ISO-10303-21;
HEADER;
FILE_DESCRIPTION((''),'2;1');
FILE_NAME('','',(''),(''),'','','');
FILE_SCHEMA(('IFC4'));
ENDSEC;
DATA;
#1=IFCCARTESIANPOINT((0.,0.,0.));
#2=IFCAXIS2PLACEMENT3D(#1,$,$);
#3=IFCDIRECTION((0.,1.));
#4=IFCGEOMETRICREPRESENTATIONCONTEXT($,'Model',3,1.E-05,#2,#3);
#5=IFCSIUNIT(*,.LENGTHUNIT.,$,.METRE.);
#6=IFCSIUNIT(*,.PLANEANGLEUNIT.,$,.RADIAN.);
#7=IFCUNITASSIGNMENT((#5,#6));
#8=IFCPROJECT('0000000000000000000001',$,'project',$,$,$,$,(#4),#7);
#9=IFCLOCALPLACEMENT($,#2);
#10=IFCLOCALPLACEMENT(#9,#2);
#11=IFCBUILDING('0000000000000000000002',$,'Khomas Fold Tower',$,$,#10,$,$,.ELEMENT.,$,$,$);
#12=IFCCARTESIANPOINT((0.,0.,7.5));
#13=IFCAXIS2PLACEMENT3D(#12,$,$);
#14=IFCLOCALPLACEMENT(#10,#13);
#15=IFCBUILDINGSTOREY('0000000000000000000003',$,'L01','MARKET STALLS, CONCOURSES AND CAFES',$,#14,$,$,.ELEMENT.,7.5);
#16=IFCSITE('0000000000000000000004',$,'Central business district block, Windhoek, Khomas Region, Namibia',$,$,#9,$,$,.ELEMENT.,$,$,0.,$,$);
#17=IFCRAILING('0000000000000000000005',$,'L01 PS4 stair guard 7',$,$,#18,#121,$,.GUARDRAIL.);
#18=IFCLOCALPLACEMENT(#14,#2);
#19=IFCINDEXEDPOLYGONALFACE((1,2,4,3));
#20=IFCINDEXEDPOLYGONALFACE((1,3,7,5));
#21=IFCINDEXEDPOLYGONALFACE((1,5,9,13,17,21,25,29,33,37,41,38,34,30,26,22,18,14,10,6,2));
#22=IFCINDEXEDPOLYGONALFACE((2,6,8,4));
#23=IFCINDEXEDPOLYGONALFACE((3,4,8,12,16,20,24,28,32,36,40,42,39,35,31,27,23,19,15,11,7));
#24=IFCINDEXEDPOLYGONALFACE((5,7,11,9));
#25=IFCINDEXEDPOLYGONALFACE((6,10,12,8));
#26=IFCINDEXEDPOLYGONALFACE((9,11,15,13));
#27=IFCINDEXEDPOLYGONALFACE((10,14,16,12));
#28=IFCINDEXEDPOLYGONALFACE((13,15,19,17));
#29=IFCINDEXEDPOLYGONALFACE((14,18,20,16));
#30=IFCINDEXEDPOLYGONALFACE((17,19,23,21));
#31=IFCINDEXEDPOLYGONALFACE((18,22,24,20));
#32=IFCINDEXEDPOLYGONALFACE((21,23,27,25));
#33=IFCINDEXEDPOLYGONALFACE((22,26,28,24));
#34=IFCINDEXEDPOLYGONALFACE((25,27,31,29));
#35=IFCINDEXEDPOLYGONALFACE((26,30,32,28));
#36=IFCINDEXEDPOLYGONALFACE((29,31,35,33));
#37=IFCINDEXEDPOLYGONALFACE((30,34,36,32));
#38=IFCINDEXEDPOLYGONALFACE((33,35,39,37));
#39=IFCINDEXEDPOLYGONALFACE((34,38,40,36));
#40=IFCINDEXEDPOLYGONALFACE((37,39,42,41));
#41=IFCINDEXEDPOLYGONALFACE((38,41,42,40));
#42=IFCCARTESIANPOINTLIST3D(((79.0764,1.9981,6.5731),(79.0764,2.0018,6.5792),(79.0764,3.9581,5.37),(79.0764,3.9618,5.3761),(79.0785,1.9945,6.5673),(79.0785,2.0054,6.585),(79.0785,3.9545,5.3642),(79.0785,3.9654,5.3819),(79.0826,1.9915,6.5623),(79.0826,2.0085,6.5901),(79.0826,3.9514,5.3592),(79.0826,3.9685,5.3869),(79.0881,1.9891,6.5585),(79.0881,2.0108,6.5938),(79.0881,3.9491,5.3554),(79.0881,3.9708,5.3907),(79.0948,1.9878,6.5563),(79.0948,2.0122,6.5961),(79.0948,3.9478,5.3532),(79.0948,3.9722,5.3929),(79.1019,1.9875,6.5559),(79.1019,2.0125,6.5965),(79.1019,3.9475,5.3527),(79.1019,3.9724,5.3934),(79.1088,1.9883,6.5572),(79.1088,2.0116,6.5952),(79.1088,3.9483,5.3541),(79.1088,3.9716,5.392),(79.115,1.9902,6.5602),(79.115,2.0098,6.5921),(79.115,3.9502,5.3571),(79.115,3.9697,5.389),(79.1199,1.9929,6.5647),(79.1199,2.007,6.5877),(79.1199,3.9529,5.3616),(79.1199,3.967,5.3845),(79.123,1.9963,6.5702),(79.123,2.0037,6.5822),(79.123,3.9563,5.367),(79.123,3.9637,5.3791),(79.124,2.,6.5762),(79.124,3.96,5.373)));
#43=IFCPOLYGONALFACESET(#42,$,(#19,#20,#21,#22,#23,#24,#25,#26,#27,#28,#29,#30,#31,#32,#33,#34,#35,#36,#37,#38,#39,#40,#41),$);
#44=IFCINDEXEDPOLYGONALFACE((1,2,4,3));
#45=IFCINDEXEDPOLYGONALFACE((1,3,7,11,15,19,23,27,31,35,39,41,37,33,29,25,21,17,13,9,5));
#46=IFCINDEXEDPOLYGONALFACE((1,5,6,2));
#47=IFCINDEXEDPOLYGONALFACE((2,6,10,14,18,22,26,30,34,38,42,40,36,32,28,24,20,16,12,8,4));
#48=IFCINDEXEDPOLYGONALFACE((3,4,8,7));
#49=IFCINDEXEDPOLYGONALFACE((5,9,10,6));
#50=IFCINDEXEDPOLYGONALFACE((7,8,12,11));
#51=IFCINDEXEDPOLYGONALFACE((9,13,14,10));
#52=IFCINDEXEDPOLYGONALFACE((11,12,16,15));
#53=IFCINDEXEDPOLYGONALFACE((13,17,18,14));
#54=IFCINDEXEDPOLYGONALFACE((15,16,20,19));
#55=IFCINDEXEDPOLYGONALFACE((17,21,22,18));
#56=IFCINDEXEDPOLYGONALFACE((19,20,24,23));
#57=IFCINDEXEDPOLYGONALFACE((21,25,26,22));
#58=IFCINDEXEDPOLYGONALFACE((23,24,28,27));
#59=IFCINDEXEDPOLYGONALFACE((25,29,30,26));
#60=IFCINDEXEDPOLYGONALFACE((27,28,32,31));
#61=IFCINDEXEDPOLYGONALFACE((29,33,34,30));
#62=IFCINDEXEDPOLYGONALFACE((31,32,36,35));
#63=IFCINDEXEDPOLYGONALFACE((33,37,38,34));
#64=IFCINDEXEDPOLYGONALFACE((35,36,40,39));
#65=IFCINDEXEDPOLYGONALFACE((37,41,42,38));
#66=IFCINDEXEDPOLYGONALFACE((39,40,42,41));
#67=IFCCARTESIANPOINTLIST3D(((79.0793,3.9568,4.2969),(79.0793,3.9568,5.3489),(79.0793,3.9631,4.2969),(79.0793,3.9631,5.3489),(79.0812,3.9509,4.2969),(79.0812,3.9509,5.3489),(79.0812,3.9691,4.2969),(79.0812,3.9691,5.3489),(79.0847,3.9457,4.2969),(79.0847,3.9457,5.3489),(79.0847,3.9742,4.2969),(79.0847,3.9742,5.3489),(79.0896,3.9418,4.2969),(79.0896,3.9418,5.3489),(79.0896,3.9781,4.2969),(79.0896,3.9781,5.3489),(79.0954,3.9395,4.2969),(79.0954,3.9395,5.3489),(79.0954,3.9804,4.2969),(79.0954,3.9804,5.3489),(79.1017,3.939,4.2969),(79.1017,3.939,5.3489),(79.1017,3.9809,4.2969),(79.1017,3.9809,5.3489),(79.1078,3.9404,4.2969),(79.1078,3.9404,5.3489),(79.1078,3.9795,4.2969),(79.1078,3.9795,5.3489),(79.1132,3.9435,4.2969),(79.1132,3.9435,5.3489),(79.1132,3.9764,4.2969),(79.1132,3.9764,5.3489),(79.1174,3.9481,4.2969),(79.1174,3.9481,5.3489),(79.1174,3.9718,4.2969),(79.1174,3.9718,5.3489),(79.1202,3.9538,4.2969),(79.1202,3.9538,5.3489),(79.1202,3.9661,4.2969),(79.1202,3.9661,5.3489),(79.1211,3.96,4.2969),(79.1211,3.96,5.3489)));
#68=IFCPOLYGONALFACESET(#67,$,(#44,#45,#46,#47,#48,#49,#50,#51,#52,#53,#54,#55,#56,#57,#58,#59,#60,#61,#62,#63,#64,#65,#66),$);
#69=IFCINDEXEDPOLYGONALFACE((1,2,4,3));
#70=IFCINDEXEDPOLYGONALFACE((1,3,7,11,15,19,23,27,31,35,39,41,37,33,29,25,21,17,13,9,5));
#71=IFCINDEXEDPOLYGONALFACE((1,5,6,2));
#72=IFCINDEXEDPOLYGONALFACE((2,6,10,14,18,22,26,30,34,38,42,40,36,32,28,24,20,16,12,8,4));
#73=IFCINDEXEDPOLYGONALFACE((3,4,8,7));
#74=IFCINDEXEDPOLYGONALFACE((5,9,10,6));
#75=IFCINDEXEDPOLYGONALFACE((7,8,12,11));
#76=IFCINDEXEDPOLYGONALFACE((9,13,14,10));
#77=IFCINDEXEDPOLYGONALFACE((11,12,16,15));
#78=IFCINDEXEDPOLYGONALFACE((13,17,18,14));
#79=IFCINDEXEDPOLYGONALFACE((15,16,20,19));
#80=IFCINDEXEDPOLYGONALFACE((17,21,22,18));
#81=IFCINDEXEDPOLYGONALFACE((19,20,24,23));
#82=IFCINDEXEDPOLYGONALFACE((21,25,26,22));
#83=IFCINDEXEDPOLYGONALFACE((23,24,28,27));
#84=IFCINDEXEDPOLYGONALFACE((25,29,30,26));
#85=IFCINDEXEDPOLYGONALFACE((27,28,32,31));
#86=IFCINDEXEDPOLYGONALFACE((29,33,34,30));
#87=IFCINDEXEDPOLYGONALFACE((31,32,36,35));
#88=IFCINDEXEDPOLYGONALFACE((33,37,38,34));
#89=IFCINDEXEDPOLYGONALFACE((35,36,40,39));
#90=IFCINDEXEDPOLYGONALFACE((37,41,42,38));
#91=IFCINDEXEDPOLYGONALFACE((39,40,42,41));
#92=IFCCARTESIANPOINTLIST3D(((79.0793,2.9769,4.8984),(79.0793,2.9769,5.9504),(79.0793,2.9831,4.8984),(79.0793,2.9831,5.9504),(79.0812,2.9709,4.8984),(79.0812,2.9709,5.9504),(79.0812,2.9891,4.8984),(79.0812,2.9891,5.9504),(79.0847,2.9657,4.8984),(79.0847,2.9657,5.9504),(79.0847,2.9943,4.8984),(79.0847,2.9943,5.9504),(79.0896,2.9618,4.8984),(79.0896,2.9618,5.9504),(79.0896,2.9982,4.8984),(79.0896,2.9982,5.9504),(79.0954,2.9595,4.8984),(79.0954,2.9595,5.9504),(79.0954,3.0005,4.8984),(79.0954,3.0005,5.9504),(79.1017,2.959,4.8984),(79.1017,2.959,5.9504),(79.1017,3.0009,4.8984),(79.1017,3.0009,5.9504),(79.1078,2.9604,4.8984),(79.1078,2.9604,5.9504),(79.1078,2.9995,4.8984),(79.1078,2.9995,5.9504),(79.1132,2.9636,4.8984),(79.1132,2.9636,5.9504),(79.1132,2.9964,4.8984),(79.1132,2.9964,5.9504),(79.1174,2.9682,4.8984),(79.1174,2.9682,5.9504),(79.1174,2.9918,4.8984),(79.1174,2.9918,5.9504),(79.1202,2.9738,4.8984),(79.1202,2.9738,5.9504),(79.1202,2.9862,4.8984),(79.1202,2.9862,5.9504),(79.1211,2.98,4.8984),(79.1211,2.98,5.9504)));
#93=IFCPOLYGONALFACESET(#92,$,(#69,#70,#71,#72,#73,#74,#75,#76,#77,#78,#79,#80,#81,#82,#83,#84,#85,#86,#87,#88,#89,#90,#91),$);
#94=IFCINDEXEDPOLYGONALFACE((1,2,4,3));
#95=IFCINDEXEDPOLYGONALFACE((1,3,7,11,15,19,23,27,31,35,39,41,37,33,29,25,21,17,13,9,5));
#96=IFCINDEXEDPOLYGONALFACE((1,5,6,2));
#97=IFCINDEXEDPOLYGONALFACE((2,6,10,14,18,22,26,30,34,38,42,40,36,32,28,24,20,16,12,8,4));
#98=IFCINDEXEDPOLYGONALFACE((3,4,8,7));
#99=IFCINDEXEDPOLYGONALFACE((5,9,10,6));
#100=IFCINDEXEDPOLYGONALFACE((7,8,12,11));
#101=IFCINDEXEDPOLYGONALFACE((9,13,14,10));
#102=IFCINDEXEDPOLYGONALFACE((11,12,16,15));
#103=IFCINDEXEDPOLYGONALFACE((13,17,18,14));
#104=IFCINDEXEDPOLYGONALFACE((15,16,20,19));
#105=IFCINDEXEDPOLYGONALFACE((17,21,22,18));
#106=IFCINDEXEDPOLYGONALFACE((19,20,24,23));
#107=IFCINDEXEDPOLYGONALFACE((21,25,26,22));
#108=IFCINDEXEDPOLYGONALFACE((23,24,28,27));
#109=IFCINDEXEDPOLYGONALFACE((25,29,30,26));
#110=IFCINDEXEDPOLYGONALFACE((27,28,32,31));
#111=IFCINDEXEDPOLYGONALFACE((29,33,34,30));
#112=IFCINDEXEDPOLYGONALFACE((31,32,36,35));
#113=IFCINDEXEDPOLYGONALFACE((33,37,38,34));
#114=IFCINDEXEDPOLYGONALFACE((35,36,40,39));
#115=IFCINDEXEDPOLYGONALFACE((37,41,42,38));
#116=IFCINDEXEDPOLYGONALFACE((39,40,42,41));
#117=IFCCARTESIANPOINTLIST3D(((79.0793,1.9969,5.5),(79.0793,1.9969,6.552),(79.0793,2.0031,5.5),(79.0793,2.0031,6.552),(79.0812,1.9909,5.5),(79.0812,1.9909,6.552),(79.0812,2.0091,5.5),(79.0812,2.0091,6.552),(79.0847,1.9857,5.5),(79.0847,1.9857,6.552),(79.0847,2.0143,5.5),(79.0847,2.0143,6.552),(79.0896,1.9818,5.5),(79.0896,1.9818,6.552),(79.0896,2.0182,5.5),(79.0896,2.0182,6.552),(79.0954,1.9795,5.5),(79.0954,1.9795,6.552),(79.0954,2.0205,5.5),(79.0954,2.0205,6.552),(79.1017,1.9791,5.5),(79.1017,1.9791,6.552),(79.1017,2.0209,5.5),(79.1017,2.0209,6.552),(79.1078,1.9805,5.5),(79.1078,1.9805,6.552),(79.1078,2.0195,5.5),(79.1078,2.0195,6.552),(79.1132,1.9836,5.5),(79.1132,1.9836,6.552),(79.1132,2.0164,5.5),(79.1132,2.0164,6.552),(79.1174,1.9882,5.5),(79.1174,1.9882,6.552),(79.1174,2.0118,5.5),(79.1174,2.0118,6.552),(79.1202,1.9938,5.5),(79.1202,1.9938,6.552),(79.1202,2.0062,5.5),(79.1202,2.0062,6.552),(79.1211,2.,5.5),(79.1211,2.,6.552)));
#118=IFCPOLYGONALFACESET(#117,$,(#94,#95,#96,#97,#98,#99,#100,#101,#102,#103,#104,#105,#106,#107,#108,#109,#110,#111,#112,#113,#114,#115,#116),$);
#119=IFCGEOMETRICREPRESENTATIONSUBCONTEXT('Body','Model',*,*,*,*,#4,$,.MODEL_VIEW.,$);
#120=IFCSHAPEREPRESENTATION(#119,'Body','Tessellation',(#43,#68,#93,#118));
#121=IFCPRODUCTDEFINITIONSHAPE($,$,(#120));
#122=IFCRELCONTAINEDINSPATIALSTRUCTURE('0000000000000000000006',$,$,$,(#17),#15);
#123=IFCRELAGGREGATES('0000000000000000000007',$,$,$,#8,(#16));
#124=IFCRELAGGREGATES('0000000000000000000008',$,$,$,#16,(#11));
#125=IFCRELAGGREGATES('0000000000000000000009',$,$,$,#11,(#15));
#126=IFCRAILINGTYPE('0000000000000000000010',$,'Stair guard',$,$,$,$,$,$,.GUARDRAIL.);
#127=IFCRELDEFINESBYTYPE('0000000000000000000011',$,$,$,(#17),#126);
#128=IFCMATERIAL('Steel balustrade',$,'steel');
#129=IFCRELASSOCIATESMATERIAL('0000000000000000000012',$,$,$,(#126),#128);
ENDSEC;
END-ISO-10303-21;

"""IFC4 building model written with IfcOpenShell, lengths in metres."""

from ifc_helpers import new_model, si_unit, direction, frame, origin, origin_2d, place, context, subcontext, project, spatial, circle, extrude, source, transform, mapped, material, type_object, element, save


model = new_model("IFC4")

# Units and contexts
model_context = context("Model", 3, precision=1e-05, world=origin(), true_north=direction((0.0, 1.0)))
body_context = subcontext(model_context, "Body", "Model", "MODEL_VIEW")
ifc_project = project(units=[si_unit("LENGTHUNIT", "METRE"), si_unit("PLANEANGLEUNIT", "RADIAN")], contexts=[model_context])

# Site, building, storey
site_placement = place(None, origin())
site = spatial("IfcSite", under=ifc_project, at=site_placement, Name="Central business district block, Windhoek, Khomas Region, Namibia", CompositionType="ELEMENT", RefElevation=0.0)
building_placement = place(site_placement, origin())
building = spatial("IfcBuilding", under=site, at=building_placement, Name="Khomas Fold Tower", CompositionType="ELEMENT")
storey_placement = place(building_placement, frame((0.0, 0.0, 7.5)))
storey = spatial("IfcBuildingStorey", under=building, at=storey_placement, Name="L01", Description="MARKET STALLS, CONCOURSES AND CAFES", CompositionType="ELEMENT", Elevation=7.5)

# Railing
ifc_material_1 = material(Name="Steel balustrade", Category="steel")
railing_type_1 = type_object("IfcRailingType", Name="Stair guard", PredefinedType="GUARDRAIL", material=ifc_material_1)
shared_shape_1 = source(origin(), body_context, "Body", "SweptSolid", [
    extrude(circle(Radius=0.0239, at=origin_2d()), frame((0.0, 0.0, 1.0762), z_axis=(0.0, -0.852241, 0.523149), x_axis=(1.0, 0.0, 0.0)), (0.0, 0.0, 1.0), 2.2998),
    extrude(circle(Radius=0.021, at=origin_2d()), origin(), (0.0, 0.0, 1.0), 1.052),
    extrude(circle(Radius=0.021, at=origin_2d()), frame((0.0, -0.98, 0.6016)), (0.0, 0.0, 1.0), 1.052),
    extrude(circle(Radius=0.021, at=origin_2d()), frame((0.0, -1.96, 1.2031)), (0.0, 0.0, 1.0), 1.052),
])
for number, where, name in (
    (1, (79.1001, 3.96, 4.2969), "L01 PS4 stair guard 7"),
):
    element("IfcRailing", number, at=place(storey_placement, frame(where)), inside=storey, type_object=railing_type_1, Name=name, PredefinedType="GUARDRAIL", context=body_context, shape_type="MappedRepresentation", body=[
        mapped(shared_shape_1, transform((0.0, 0.0, 0.0))),
    ])

save(model, "model.ifc")
